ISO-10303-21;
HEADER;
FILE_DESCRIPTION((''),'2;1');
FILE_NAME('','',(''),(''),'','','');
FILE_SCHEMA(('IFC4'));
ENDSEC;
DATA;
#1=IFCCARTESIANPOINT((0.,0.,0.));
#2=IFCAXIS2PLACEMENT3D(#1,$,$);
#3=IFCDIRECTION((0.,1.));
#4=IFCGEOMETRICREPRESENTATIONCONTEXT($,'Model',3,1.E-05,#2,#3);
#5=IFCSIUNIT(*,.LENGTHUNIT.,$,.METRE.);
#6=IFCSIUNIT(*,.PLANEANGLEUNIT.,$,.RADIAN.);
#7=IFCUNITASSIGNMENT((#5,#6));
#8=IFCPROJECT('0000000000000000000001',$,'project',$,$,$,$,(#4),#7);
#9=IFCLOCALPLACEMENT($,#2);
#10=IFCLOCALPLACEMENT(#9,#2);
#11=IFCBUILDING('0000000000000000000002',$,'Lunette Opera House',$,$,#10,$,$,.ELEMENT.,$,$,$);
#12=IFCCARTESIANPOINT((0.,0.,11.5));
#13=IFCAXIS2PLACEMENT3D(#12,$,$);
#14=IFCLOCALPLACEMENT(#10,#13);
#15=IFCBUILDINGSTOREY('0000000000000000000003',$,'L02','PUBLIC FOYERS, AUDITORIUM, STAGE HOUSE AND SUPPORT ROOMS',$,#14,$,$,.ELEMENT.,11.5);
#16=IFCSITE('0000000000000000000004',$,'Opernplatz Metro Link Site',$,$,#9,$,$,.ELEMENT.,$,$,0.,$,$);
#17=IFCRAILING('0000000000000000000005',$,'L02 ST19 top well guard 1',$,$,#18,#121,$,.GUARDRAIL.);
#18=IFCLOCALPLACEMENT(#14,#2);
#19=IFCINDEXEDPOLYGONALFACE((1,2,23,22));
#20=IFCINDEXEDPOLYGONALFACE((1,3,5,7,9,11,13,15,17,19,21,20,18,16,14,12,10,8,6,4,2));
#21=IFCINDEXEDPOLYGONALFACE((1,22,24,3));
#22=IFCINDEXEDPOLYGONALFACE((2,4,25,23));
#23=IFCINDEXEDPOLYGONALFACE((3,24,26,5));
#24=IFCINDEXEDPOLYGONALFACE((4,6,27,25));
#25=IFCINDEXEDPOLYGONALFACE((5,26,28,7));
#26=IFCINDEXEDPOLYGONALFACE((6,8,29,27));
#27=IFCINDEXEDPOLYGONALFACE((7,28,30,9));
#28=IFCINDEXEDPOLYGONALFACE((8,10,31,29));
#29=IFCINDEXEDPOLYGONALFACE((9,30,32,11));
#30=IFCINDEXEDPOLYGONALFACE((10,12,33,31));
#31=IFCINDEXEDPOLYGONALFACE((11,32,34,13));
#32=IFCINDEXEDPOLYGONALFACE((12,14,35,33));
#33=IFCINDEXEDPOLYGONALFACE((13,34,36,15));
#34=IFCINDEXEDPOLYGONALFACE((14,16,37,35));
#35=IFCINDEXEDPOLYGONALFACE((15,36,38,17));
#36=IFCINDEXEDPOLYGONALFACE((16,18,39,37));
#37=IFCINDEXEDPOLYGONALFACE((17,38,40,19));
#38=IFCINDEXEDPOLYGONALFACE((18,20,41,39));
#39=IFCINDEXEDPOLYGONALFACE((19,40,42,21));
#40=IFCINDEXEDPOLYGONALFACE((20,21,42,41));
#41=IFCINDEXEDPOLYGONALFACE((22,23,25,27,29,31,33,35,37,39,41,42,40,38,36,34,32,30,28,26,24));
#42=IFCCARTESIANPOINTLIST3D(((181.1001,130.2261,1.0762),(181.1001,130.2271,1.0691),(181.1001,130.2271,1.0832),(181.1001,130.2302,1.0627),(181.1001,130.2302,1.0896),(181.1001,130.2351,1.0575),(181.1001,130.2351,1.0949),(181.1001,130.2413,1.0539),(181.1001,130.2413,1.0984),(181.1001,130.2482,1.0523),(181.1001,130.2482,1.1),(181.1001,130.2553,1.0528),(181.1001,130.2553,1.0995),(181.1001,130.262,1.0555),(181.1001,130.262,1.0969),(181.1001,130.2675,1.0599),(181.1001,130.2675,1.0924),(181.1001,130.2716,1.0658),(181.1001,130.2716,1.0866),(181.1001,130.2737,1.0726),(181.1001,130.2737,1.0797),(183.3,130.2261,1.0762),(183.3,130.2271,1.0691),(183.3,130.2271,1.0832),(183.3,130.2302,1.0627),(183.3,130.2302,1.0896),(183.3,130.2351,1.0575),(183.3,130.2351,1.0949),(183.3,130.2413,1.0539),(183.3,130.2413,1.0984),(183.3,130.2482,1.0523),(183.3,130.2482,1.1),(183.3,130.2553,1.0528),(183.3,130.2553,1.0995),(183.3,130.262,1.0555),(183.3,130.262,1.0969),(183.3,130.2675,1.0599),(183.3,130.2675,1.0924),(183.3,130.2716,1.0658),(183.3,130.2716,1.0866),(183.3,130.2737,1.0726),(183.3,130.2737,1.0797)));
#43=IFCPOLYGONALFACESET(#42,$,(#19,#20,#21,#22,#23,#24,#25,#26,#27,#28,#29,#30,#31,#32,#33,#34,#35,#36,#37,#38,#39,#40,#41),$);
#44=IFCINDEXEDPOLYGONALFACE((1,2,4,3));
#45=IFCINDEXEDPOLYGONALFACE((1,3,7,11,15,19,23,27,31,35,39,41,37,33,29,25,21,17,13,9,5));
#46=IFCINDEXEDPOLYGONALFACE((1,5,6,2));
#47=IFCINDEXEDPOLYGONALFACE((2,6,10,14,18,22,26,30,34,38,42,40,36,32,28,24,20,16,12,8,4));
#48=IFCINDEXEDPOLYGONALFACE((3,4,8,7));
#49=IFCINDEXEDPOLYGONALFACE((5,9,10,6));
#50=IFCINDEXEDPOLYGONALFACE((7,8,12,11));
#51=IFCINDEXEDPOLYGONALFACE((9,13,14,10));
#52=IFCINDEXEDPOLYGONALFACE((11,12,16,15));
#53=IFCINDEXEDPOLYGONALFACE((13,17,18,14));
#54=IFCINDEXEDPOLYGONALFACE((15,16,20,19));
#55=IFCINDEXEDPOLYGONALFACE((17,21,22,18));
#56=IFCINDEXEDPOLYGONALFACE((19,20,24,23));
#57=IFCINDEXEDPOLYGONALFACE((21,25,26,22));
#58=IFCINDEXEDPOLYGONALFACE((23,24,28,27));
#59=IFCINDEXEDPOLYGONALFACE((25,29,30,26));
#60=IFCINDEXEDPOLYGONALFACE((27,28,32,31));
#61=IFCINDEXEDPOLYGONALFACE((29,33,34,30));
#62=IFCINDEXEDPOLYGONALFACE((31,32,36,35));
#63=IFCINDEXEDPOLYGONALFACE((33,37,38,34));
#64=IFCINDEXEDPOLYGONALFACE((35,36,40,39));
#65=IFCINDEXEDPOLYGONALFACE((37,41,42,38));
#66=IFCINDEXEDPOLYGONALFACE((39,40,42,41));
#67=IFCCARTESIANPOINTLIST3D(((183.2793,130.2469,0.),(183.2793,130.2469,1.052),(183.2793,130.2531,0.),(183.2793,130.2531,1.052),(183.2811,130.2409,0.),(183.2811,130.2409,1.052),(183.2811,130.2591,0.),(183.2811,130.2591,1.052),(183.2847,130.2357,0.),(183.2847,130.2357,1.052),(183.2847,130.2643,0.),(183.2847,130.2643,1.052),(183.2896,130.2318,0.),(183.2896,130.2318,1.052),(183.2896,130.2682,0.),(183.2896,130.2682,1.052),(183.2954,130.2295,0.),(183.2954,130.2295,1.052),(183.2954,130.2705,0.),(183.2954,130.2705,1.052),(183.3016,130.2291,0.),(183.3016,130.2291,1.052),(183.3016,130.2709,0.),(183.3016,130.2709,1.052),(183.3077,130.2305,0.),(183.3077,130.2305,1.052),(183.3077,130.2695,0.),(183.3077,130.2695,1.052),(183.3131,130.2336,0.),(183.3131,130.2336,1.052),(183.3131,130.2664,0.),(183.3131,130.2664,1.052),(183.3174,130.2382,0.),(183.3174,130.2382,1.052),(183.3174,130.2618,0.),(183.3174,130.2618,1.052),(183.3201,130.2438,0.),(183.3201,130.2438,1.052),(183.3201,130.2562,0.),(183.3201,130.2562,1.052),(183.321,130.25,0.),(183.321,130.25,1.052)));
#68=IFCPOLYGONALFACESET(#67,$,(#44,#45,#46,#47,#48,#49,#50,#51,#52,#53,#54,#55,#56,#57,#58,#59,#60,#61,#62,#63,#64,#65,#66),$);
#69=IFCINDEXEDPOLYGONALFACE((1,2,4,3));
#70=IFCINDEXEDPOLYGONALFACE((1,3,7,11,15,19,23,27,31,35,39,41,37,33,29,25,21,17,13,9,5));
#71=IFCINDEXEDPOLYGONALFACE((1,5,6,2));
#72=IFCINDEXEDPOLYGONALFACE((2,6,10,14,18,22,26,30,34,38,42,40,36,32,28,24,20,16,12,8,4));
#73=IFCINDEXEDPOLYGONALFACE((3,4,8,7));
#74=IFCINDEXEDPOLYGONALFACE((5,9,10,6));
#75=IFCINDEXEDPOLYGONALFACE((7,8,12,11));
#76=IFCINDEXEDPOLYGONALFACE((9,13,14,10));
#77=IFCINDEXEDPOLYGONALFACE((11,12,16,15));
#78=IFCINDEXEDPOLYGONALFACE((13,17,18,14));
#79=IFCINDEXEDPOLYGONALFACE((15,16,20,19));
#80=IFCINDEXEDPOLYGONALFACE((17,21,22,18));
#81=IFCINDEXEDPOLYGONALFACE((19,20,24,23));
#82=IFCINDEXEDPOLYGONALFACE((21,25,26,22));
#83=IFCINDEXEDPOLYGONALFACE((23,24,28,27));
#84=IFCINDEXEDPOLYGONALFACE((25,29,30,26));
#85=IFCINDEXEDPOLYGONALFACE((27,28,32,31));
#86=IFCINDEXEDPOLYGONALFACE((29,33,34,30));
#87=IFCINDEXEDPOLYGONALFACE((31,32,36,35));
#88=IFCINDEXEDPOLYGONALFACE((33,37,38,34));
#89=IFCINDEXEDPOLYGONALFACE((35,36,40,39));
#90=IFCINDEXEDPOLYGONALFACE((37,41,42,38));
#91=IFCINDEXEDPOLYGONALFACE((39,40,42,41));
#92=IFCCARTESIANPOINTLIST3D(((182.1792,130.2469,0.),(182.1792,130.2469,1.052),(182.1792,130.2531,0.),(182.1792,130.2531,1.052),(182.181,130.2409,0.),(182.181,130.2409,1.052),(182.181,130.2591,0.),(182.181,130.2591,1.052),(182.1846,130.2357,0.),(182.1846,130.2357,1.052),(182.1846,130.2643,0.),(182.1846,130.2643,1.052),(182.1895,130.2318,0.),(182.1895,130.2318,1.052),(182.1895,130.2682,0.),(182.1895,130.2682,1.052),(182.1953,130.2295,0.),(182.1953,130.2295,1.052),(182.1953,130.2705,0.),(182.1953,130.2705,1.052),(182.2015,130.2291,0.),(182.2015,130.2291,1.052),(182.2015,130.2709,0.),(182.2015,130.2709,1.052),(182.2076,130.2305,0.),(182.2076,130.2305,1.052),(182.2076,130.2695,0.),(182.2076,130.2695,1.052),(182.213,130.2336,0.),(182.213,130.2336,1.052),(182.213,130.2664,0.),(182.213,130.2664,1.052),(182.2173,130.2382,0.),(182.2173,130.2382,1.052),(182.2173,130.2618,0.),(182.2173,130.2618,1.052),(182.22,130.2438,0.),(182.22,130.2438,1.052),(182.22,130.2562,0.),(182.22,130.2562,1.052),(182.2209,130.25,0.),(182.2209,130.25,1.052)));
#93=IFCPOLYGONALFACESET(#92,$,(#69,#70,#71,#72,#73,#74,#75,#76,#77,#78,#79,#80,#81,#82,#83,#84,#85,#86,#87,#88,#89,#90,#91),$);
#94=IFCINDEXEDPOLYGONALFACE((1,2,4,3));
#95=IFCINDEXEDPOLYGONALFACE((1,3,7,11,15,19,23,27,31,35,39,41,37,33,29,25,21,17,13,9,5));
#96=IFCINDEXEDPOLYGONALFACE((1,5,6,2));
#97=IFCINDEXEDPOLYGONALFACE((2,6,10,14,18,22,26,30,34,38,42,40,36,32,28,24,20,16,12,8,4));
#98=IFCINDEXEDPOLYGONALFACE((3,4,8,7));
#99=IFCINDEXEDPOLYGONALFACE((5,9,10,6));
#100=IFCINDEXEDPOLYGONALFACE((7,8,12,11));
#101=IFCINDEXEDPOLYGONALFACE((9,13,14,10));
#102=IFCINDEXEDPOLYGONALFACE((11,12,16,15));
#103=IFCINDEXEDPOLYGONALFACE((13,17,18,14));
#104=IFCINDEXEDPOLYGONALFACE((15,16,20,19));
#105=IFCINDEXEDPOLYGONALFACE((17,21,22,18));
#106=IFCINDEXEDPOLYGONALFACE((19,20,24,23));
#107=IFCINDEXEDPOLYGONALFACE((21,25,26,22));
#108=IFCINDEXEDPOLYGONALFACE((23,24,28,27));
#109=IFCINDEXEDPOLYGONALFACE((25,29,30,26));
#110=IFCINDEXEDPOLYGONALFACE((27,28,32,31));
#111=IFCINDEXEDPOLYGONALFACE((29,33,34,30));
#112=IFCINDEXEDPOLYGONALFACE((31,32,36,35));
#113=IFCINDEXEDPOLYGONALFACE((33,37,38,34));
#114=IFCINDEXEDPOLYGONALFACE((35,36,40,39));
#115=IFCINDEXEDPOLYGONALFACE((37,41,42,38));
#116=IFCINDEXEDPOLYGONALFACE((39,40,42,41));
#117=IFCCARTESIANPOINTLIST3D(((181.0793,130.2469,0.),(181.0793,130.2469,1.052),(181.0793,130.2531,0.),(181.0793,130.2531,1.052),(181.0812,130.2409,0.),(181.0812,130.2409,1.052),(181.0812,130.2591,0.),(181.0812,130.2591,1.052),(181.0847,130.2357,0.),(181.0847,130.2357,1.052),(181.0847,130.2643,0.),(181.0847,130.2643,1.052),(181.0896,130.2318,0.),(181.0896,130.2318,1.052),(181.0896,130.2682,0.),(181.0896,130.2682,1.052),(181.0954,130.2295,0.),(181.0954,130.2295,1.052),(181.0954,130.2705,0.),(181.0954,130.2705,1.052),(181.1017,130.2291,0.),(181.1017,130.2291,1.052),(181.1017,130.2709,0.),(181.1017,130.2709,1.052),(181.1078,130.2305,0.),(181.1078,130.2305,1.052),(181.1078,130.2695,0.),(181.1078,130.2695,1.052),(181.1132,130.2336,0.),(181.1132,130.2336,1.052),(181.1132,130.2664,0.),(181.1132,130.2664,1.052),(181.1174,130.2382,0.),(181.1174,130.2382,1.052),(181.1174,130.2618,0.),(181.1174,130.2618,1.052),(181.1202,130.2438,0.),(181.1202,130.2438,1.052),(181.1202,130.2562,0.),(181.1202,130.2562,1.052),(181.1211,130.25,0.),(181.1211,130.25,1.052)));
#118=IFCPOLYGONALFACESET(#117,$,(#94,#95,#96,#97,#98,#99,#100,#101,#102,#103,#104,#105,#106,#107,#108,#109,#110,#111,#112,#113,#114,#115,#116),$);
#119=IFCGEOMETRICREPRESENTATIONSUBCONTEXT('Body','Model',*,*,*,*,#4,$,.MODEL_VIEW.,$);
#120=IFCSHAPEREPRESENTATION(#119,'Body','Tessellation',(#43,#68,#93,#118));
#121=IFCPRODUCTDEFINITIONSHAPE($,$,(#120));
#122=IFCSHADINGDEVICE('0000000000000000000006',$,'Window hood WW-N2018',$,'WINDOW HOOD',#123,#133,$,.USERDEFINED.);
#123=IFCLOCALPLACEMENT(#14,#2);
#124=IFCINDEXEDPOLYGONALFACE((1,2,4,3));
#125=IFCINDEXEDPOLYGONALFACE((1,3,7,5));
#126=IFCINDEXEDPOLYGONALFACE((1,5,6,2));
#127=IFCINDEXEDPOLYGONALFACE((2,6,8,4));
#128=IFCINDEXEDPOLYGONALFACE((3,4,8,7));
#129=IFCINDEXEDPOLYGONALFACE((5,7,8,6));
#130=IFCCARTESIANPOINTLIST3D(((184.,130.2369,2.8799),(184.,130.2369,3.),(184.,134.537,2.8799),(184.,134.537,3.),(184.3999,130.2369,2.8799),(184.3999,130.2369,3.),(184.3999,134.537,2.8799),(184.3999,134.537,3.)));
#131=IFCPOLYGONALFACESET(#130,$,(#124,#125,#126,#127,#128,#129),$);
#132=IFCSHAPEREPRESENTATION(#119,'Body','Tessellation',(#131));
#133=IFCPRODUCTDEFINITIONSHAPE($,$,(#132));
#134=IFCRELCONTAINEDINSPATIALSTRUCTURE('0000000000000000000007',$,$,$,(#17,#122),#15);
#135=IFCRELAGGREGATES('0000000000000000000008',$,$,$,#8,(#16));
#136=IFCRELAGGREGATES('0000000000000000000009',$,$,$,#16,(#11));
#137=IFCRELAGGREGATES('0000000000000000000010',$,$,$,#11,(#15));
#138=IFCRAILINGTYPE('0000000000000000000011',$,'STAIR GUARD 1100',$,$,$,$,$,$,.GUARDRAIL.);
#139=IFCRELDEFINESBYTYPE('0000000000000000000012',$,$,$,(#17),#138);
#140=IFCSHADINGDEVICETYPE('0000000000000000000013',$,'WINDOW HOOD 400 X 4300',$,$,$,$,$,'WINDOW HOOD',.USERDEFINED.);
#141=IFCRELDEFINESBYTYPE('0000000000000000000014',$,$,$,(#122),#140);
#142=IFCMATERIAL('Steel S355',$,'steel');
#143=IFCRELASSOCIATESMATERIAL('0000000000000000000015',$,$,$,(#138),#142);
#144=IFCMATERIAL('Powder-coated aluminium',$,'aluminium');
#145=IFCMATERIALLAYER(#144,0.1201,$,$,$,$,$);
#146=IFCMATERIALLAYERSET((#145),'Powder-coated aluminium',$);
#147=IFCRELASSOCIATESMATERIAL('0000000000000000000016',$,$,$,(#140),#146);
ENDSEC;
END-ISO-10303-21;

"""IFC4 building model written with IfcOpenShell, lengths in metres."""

from ifc_helpers import new_model, si_unit, direction, frame, origin, origin_2d, place, context, subcontext, project, spatial, rectangle, circle, extrude, material, layer, layer_set, type_object, element, save


model = new_model("IFC4")

# Units and contexts
model_context = context("Model", 3, precision=1e-05, world=origin(), true_north=direction((0.0, 1.0)))
body_context = subcontext(model_context, "Body", "Model", "MODEL_VIEW")
ifc_project = project(units=[si_unit("LENGTHUNIT", "METRE"), si_unit("PLANEANGLEUNIT", "RADIAN")], contexts=[model_context])

# Site, building, storey
site_placement = place(None, origin())
site = spatial("IfcSite", under=ifc_project, at=site_placement, Name="Opernplatz Metro Link Site", CompositionType="ELEMENT", RefElevation=0.0)
building_placement = place(site_placement, origin())
building = spatial("IfcBuilding", under=site, at=building_placement, Name="Lunette Opera House", CompositionType="ELEMENT")
storey_placement = place(building_placement, frame((0.0, 0.0, 11.5)))
storey = spatial("IfcBuildingStorey", under=building, at=storey_placement, Name="L02", Description="PUBLIC FOYERS, AUDITORIUM, STAGE HOUSE AND SUPPORT ROOMS", CompositionType="ELEMENT", Elevation=11.5)

# Railing
ifc_material_1 = material(Name="Steel S355", Category="steel")
railing_type = type_object("IfcRailingType", Name="STAIR GUARD 1100", PredefinedType="GUARDRAIL", material=ifc_material_1)
railing_placement = place(storey_placement, frame((183.3, 130.25, 0.0)))
element("IfcRailing", 1, at=railing_placement, inside=storey, type_object=railing_type, Name="L02 ST19 top well guard 1", PredefinedType="GUARDRAIL", context=body_context, shape_type="SweptSolid", body=[
    extrude(circle(Radius=0.0239, at=origin_2d()), frame((0.0, 0.0, 1.0762), z_axis=(-1.0, 0.0, 0.0), x_axis=(0.0, -1.0, 0.0)), (0.0, 0.0, 1.0), 2.2),
    extrude(circle(Radius=0.021, at=origin_2d()), origin(), (0.0, 0.0, 1.0), 1.052),
    extrude(circle(Radius=0.021, at=origin_2d()), frame((-1.1001, 0.0, 0.0)), (0.0, 0.0, 1.0), 1.052),
    extrude(circle(Radius=0.021, at=origin_2d()), frame((-2.2, 0.0, 0.0)), (0.0, 0.0, 1.0), 1.052),
])

# Shading device
ifc_material_2 = material(Name="Powder-coated aluminium", Category="aluminium")
ifc_layer_1 = layer(ifc_material_2, 0.1201)
ifc_layer_set_1 = layer_set([ifc_layer_1], Name="Powder-coated aluminium")
shading_device_type = type_object("IfcShadingDeviceType", Name="WINDOW HOOD 400 X 4300", ElementType="WINDOW HOOD", PredefinedType="USERDEFINED", material=ifc_layer_set_1)
shading_device_placement = place(storey_placement, frame((184.2, 132.387, 2.8799), z_axis=(0.0, 0.0, 1.0), x_axis=(1.0, 0.0, 0.0)))
element("IfcShadingDevice", 2, at=shading_device_placement, inside=storey, type_object=shading_device_type, Name="Window hood WW-N2018", ObjectType="WINDOW HOOD", PredefinedType="USERDEFINED", context=body_context, shape_type="SweptSolid", body=[
    extrude(rectangle(XDim=0.3999, YDim=4.3, at=origin_2d()), origin(), (0.0, 0.0, 1.0), 0.1201),
])

save(model, "model.ifc")
